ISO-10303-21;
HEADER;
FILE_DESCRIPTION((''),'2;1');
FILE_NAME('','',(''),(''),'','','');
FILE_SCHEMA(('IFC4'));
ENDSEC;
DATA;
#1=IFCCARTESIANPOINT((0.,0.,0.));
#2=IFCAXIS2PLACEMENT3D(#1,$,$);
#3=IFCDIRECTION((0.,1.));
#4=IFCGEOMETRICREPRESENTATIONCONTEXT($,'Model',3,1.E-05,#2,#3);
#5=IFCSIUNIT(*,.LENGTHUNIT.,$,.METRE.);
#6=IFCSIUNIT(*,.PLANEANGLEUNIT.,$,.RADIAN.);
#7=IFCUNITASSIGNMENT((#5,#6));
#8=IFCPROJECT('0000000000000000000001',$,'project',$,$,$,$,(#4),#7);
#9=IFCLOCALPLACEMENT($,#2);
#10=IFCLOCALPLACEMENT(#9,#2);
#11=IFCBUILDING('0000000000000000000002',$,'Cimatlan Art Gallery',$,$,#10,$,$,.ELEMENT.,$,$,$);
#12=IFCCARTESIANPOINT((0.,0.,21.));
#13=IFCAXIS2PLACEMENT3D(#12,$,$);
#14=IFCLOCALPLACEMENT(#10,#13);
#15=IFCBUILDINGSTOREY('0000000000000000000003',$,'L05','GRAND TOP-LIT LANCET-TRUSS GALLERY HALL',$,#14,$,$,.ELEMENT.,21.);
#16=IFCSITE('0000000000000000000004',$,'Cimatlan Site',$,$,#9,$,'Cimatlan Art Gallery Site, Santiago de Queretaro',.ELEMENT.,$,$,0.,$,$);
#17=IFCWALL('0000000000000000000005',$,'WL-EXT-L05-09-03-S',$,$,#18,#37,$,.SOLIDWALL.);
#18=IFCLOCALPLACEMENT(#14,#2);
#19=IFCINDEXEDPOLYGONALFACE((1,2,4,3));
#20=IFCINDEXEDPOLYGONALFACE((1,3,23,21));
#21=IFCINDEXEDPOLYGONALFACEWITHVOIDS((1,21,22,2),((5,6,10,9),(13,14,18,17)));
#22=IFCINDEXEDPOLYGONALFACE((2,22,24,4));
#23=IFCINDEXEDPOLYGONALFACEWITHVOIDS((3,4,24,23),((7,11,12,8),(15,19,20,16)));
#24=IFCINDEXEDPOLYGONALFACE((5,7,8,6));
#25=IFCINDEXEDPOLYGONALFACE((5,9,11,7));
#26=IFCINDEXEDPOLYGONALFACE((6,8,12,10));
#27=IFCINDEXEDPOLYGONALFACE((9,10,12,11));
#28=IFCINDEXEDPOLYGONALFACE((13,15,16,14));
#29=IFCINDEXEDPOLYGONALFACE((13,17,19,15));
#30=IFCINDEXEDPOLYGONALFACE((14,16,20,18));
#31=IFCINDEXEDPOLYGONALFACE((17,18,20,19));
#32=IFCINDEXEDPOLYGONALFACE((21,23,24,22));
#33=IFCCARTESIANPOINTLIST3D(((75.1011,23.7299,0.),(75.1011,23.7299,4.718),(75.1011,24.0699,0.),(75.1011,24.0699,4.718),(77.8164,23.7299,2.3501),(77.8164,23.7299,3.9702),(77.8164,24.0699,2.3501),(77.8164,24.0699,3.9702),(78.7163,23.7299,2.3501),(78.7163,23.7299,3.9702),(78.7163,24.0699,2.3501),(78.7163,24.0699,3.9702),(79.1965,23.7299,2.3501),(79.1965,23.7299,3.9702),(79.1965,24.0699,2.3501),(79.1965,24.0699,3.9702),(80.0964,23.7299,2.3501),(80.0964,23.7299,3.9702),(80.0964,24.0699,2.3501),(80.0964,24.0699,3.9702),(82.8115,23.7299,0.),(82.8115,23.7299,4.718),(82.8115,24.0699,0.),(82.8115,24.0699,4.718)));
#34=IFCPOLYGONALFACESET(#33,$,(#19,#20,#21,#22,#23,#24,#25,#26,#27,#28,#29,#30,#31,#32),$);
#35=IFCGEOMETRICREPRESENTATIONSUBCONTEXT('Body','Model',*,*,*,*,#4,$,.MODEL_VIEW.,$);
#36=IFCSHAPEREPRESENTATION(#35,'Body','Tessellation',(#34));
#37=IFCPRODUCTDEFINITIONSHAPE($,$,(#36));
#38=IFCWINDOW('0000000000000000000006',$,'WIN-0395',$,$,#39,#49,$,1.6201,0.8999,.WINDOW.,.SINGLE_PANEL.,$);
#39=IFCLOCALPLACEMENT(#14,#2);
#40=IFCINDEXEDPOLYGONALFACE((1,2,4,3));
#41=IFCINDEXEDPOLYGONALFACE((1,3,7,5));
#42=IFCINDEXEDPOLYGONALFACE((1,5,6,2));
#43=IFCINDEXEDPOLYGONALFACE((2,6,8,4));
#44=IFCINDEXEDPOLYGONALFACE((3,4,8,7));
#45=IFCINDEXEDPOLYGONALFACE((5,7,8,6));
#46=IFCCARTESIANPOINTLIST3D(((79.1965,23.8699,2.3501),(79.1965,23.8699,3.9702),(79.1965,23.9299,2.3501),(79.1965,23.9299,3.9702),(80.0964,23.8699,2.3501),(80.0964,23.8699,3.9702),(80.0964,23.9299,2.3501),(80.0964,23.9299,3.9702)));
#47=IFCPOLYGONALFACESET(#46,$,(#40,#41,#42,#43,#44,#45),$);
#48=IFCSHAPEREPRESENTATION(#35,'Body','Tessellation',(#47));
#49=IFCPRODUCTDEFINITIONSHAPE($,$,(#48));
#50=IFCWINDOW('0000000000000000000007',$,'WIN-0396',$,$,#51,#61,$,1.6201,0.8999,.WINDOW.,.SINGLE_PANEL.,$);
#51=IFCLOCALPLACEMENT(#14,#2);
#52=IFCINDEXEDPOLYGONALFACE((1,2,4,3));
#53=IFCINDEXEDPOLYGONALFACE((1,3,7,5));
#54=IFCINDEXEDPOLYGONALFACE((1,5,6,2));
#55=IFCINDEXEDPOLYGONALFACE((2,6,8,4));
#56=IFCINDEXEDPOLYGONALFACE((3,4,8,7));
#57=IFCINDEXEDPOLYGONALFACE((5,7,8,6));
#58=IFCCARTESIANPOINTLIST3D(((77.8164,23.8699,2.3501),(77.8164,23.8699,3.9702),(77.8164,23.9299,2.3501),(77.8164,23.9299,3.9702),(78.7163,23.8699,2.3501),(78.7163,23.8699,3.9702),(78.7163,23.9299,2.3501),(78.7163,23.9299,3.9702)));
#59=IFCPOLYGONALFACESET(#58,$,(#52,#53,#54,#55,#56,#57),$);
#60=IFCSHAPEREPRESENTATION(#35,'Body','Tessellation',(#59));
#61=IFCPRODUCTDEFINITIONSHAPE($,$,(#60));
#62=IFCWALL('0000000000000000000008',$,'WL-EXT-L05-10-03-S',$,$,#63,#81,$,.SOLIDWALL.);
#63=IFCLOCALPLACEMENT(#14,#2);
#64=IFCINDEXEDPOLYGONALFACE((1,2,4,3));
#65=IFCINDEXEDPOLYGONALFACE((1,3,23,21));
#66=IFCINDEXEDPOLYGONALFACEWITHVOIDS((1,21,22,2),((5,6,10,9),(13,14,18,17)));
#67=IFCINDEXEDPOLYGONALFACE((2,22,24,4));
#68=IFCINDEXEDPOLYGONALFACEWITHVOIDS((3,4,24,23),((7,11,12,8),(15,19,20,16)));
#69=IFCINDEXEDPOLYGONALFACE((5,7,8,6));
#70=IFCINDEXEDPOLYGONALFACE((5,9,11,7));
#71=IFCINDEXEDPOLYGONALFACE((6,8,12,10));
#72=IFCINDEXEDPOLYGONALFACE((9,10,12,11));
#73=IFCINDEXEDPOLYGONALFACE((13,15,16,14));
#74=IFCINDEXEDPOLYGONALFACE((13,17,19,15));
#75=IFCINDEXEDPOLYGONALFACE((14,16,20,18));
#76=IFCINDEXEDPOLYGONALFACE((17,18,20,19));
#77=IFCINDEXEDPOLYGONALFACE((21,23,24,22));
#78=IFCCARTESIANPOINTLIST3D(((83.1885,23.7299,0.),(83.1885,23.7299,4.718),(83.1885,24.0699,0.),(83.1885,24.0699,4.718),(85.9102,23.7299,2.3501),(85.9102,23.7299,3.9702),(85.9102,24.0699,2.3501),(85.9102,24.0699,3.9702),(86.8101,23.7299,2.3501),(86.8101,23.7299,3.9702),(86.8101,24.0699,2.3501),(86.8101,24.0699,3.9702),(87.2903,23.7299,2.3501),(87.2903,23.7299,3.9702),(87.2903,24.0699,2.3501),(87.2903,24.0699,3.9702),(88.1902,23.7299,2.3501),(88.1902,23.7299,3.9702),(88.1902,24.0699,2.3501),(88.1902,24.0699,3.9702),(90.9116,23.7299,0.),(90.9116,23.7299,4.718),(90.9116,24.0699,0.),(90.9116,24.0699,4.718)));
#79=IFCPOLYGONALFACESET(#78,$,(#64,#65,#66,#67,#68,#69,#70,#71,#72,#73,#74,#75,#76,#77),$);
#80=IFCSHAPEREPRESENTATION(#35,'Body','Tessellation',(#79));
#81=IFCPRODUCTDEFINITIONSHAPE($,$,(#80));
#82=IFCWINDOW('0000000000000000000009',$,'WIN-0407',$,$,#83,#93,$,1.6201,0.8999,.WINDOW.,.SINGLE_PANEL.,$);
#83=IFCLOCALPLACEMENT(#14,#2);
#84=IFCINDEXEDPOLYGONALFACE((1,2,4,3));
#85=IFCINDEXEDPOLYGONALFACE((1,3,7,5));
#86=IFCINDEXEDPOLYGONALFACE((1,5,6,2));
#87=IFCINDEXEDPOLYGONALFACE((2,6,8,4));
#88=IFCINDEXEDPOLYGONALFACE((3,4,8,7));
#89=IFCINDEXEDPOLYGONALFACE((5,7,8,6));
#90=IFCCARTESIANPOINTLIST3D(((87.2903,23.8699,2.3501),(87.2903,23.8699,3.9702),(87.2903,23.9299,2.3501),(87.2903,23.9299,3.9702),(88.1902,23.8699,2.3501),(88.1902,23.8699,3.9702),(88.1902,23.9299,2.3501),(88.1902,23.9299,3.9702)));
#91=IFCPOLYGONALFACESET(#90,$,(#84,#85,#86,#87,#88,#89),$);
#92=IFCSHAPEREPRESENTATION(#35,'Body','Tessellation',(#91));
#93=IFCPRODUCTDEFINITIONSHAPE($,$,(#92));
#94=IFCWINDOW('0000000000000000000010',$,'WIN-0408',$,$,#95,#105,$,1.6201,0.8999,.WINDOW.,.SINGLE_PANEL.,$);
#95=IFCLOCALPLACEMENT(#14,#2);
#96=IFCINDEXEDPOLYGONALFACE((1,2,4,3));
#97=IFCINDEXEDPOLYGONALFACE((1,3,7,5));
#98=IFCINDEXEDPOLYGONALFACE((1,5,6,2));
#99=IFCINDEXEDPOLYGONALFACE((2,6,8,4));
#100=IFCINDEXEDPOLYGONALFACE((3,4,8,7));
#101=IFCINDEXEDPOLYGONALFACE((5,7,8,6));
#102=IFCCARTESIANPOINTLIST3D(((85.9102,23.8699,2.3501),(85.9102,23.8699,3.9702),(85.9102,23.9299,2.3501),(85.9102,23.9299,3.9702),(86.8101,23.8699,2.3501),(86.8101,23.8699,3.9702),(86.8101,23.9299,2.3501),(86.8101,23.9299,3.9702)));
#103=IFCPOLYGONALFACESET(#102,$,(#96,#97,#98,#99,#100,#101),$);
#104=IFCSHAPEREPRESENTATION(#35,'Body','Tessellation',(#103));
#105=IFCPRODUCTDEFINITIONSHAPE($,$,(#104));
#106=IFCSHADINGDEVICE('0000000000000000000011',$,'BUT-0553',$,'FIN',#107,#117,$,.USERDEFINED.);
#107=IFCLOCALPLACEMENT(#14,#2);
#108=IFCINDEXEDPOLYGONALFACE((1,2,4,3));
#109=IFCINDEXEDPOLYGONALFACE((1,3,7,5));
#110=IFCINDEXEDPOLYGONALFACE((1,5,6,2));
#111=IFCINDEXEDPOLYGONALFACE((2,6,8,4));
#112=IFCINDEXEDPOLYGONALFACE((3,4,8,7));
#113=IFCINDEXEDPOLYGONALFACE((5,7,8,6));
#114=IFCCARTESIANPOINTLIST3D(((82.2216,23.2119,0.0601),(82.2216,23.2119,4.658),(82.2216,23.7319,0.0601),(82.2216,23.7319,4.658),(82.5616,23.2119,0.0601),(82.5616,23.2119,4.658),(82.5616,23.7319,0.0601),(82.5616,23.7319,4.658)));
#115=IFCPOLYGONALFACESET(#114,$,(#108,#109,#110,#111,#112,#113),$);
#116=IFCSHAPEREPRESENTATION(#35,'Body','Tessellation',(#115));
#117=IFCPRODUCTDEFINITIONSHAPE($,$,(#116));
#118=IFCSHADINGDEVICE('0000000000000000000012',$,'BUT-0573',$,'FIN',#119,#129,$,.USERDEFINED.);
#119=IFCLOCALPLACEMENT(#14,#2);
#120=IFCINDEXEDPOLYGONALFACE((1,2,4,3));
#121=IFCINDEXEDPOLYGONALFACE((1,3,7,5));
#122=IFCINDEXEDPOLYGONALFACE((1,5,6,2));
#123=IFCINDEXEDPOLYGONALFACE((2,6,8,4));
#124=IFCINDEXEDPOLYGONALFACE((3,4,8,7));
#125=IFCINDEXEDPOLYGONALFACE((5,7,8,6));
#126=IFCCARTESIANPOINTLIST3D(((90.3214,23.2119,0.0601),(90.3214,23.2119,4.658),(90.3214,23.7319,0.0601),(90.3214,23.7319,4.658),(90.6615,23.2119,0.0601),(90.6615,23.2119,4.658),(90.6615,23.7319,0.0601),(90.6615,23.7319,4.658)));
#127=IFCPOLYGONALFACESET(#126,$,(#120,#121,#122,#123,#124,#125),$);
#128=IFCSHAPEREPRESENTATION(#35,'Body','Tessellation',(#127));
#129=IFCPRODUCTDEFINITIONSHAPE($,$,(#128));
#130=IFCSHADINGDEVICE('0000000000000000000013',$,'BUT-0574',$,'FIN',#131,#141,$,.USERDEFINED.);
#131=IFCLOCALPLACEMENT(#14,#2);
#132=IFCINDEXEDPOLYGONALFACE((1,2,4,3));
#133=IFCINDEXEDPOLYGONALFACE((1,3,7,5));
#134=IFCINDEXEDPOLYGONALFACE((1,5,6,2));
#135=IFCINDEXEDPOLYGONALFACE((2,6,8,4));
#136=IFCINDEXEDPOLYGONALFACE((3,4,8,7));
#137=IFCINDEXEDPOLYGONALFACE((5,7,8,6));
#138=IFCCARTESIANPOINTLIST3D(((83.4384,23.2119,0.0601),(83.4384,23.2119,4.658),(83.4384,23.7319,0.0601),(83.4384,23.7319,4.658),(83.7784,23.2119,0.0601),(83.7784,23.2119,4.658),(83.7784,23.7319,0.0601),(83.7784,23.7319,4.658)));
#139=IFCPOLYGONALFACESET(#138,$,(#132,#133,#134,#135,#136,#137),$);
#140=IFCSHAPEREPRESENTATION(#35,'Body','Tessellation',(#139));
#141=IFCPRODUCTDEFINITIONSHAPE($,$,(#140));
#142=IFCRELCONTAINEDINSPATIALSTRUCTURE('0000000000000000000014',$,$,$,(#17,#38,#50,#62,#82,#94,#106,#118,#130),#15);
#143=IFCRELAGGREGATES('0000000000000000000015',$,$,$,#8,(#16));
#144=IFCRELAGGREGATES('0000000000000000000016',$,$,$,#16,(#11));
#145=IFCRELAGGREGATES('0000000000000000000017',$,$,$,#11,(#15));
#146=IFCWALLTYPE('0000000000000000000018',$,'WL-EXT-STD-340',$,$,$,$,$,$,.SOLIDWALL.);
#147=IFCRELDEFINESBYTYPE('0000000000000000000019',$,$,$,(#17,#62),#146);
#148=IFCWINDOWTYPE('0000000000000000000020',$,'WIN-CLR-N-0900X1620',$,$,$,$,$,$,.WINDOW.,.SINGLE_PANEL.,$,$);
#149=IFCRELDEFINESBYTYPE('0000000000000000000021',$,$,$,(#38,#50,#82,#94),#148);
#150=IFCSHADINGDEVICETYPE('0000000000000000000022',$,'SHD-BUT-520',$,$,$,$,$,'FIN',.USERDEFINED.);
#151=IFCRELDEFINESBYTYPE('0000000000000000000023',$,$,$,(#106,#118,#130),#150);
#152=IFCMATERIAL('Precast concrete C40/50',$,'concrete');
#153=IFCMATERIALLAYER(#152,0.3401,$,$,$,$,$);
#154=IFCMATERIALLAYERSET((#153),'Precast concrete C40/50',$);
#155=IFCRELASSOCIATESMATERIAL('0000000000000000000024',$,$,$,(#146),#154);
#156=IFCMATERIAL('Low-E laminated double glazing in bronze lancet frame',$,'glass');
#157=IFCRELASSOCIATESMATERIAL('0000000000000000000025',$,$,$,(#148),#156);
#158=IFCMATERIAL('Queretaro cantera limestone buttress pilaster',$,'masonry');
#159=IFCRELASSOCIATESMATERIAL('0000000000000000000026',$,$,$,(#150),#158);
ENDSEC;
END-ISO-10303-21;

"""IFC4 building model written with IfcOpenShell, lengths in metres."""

from ifc_helpers import new_model, si_unit, direction, frame, frame_2d, origin, origin_2d, place, context, subcontext, project, spatial, rectangle, extrude, material, layer, layer_set, type_object, element, fill, save


model = new_model("IFC4")

# Units and contexts
model_context = context("Model", 3, precision=1e-05, world=origin(), true_north=direction((0.0, 1.0)))
body_context = subcontext(model_context, "Body", "Model", "MODEL_VIEW")
ifc_project = project(units=[si_unit("LENGTHUNIT", "METRE"), si_unit("PLANEANGLEUNIT", "RADIAN")], contexts=[model_context])

# Site, building, storey
site_placement = place(None, origin())
site = spatial("IfcSite", under=ifc_project, at=site_placement, Name="Cimatlan Site", LongName="Cimatlan Art Gallery Site, Santiago de Queretaro", CompositionType="ELEMENT", RefElevation=0.0)
building_placement = place(site_placement, origin())
building = spatial("IfcBuilding", under=site, at=building_placement, Name="Cimatlan Art Gallery", CompositionType="ELEMENT")
storey_placement = place(building_placement, frame((0.0, 0.0, 21.0)))
storey = spatial("IfcBuildingStorey", under=building, at=storey_placement, Name="L05", Description="GRAND TOP-LIT LANCET-TRUSS GALLERY HALL", CompositionType="ELEMENT", Elevation=21.0)

# Shared definitions
ifc_material_1 = material(Name="Precast concrete C40/50", Category="concrete")

# Walls, openings, windows
ifc_layer_1 = layer(ifc_material_1, 0.3401)
ifc_layer_set_1 = layer_set([ifc_layer_1], Name="Precast concrete C40/50")
wall_type_1 = type_object("IfcWallType", Name="WL-EXT-STD-340", PredefinedType="SOLIDWALL", material=ifc_layer_set_1)
wall_1_placement = place(storey_placement, frame((82.8115, 23.8999, 0.0), z_axis=(0.0, 0.0, 1.0), x_axis=(-1.0, 0.0, 0.0)))
wall_1 = element("IfcWall", 1, at=wall_1_placement, inside=storey, type_object=wall_type_1, Name="WL-EXT-L05-09-03-S", PredefinedType="SOLIDWALL", context=body_context, shape_type="SweptSolid", body=[
    extrude(rectangle(XDim=7.7104, YDim=0.3401, at=frame_2d((3.8552, 0.0))), origin(), (0.0, 0.0, 1.0), 4.718),
])
opening_1_placement = place(wall_1_placement, frame((2.7151, 0.0, 2.3501)))
opening_1 = element("IfcOpeningElement", 2, at=opening_1_placement, cuts=wall_1, PredefinedType="OPENING", context=body_context, shape_type="SweptSolid", body=[
    extrude(rectangle(XDim=0.8999, YDim=1.6201, at=frame_2d((0.45, 0.8101))), frame((0.0, 0.1802, 0.0), z_axis=(0.0, -1.0, 0.0), x_axis=(1.0, 0.0, 0.0)), (0.0, 0.0, 1.0), 0.3601),
])
opening_2_placement = place(wall_1_placement, frame((4.0952, 0.0, 2.3501)))
opening_2 = element("IfcOpeningElement", 3, at=opening_2_placement, cuts=wall_1, PredefinedType="OPENING", context=body_context, shape_type="SweptSolid", body=[
    extrude(rectangle(XDim=0.8999, YDim=1.6201, at=frame_2d((0.45, 0.8101))), frame((0.0, 0.1802, 0.0), z_axis=(0.0, -1.0, 0.0), x_axis=(1.0, 0.0, 0.0)), (0.0, 0.0, 1.0), 0.3601),
])
ifc_material_2 = material(Name="Low-E laminated double glazing in bronze lancet frame", Category="glass")
window_type = type_object("IfcWindowType", Name="WIN-CLR-N-0900X1620", PartitioningType="SINGLE_PANEL", PredefinedType="WINDOW", material=ifc_material_2)
window_1_placement = place(opening_1_placement, origin())
window_1 = element("IfcWindow", 4, at=window_1_placement, inside=storey, type_object=window_type, Name="WIN-0395", OverallHeight=1.6201, OverallWidth=0.8999, PartitioningType="SINGLE_PANEL", PredefinedType="WINDOW", context=body_context, shape_type="SweptSolid", body=[
    extrude(rectangle(XDim=0.8999, YDim=1.6201, at=frame_2d((0.45, 0.8101))), frame((0.0, 0.03, 0.0), z_axis=(0.0, -1.0, 0.0), x_axis=(1.0, 0.0, 0.0)), (0.0, 0.0, 1.0), 0.0601),
])
fill(opening_1, window_1)
window_2_placement = place(opening_2_placement, origin())
window_2 = element("IfcWindow", 5, at=window_2_placement, inside=storey, type_object=window_type, Name="WIN-0396", OverallHeight=1.6201, OverallWidth=0.8999, PartitioningType="SINGLE_PANEL", PredefinedType="WINDOW", context=body_context, shape_type="SweptSolid", body=[
    extrude(rectangle(XDim=0.8999, YDim=1.6201, at=frame_2d((0.45, 0.8101))), frame((0.0, 0.03, 0.0), z_axis=(0.0, -1.0, 0.0), x_axis=(1.0, 0.0, 0.0)), (0.0, 0.0, 1.0), 0.0601),
])
fill(opening_2, window_2)
wall_2_placement = place(storey_placement, frame((90.9116, 23.8999, 0.0), z_axis=(0.0, 0.0, 1.0), x_axis=(-1.0, 0.0, 0.0)))
wall_2 = element("IfcWall", 6, at=wall_2_placement, inside=storey, type_object=wall_type_1, Name="WL-EXT-L05-10-03-S", PredefinedType="SOLIDWALL", context=body_context, shape_type="SweptSolid", body=[
    extrude(rectangle(XDim=7.7231, YDim=0.3401, at=frame_2d((3.8616, 0.0))), origin(), (0.0, 0.0, 1.0), 4.718),
])
opening_3_placement = place(wall_2_placement, frame((2.7214, 0.0, 2.3501)))
opening_3 = element("IfcOpeningElement", 7, at=opening_3_placement, cuts=wall_2, PredefinedType="OPENING", context=body_context, shape_type="SweptSolid", body=[
    extrude(rectangle(XDim=0.8999, YDim=1.6201, at=frame_2d((0.45, 0.8101))), frame((0.0, 0.1802, 0.0), z_axis=(0.0, -1.0, 0.0), x_axis=(1.0, 0.0, 0.0)), (0.0, 0.0, 1.0), 0.3601),
])
opening_4_placement = place(wall_2_placement, frame((4.1016, 0.0, 2.3501)))
opening_4 = element("IfcOpeningElement", 8, at=opening_4_placement, cuts=wall_2, PredefinedType="OPENING", context=body_context, shape_type="SweptSolid", body=[
    extrude(rectangle(XDim=0.8999, YDim=1.6201, at=frame_2d((0.45, 0.8101))), frame((0.0, 0.1802, 0.0), z_axis=(0.0, -1.0, 0.0), x_axis=(1.0, 0.0, 0.0)), (0.0, 0.0, 1.0), 0.3601),
])
window_3_placement = place(opening_3_placement, origin())
window_3 = element("IfcWindow", 9, at=window_3_placement, inside=storey, type_object=window_type, Name="WIN-0407", OverallHeight=1.6201, OverallWidth=0.8999, PartitioningType="SINGLE_PANEL", PredefinedType="WINDOW", context=body_context, shape_type="SweptSolid", body=[
    extrude(rectangle(XDim=0.8999, YDim=1.6201, at=frame_2d((0.45, 0.8101))), frame((0.0, 0.03, 0.0), z_axis=(0.0, -1.0, 0.0), x_axis=(1.0, 0.0, 0.0)), (0.0, 0.0, 1.0), 0.0601),
])
fill(opening_3, window_3)
window_4_placement = place(opening_4_placement, origin())
window_4 = element("IfcWindow", 10, at=window_4_placement, inside=storey, type_object=window_type, Name="WIN-0408", OverallHeight=1.6201, OverallWidth=0.8999, PartitioningType="SINGLE_PANEL", PredefinedType="WINDOW", context=body_context, shape_type="SweptSolid", body=[
    extrude(rectangle(XDim=0.8999, YDim=1.6201, at=frame_2d((0.45, 0.8101))), frame((0.0, 0.03, 0.0), z_axis=(0.0, -1.0, 0.0), x_axis=(1.0, 0.0, 0.0)), (0.0, 0.0, 1.0), 0.0601),
])
fill(opening_4, window_4)

# Shading devices
ifc_material_3 = material(Name="Queretaro cantera limestone buttress pilaster", Category="masonry")
shading_device_type = type_object("IfcShadingDeviceType", Name="SHD-BUT-520", ElementType="FIN", PredefinedType="USERDEFINED", material=ifc_material_3)
for number, where, z_axis, x_axis, name in (
    (11, (82.3916, 23.4719, 0.0601), (0.0, 0.0, 1.0), (-1.0, 0.0, 0.0), "BUT-0553"),
    (12, (90.4915, 23.4719, 0.0601), (0.0, 0.0, 1.0), (-1.0, 0.0, 0.0), "BUT-0573"),
    (13, (83.6084, 23.4719, 0.0601), (0.0, 0.0, 1.0), (-1.0, 0.0, 0.0), "BUT-0574"),
):
    element("IfcShadingDevice", number, at=place(storey_placement, frame(where, z_axis=z_axis, x_axis=x_axis)), inside=storey, type_object=shading_device_type, Name=name, ObjectType="FIN", PredefinedType="USERDEFINED", context=body_context, shape_type="SweptSolid", body=[
        extrude(rectangle(XDim=0.3401, YDim=0.52, at=origin_2d()), origin(), (0.0, 0.0, 1.0), 4.5979),
    ])

save(model, "model.ifc")
